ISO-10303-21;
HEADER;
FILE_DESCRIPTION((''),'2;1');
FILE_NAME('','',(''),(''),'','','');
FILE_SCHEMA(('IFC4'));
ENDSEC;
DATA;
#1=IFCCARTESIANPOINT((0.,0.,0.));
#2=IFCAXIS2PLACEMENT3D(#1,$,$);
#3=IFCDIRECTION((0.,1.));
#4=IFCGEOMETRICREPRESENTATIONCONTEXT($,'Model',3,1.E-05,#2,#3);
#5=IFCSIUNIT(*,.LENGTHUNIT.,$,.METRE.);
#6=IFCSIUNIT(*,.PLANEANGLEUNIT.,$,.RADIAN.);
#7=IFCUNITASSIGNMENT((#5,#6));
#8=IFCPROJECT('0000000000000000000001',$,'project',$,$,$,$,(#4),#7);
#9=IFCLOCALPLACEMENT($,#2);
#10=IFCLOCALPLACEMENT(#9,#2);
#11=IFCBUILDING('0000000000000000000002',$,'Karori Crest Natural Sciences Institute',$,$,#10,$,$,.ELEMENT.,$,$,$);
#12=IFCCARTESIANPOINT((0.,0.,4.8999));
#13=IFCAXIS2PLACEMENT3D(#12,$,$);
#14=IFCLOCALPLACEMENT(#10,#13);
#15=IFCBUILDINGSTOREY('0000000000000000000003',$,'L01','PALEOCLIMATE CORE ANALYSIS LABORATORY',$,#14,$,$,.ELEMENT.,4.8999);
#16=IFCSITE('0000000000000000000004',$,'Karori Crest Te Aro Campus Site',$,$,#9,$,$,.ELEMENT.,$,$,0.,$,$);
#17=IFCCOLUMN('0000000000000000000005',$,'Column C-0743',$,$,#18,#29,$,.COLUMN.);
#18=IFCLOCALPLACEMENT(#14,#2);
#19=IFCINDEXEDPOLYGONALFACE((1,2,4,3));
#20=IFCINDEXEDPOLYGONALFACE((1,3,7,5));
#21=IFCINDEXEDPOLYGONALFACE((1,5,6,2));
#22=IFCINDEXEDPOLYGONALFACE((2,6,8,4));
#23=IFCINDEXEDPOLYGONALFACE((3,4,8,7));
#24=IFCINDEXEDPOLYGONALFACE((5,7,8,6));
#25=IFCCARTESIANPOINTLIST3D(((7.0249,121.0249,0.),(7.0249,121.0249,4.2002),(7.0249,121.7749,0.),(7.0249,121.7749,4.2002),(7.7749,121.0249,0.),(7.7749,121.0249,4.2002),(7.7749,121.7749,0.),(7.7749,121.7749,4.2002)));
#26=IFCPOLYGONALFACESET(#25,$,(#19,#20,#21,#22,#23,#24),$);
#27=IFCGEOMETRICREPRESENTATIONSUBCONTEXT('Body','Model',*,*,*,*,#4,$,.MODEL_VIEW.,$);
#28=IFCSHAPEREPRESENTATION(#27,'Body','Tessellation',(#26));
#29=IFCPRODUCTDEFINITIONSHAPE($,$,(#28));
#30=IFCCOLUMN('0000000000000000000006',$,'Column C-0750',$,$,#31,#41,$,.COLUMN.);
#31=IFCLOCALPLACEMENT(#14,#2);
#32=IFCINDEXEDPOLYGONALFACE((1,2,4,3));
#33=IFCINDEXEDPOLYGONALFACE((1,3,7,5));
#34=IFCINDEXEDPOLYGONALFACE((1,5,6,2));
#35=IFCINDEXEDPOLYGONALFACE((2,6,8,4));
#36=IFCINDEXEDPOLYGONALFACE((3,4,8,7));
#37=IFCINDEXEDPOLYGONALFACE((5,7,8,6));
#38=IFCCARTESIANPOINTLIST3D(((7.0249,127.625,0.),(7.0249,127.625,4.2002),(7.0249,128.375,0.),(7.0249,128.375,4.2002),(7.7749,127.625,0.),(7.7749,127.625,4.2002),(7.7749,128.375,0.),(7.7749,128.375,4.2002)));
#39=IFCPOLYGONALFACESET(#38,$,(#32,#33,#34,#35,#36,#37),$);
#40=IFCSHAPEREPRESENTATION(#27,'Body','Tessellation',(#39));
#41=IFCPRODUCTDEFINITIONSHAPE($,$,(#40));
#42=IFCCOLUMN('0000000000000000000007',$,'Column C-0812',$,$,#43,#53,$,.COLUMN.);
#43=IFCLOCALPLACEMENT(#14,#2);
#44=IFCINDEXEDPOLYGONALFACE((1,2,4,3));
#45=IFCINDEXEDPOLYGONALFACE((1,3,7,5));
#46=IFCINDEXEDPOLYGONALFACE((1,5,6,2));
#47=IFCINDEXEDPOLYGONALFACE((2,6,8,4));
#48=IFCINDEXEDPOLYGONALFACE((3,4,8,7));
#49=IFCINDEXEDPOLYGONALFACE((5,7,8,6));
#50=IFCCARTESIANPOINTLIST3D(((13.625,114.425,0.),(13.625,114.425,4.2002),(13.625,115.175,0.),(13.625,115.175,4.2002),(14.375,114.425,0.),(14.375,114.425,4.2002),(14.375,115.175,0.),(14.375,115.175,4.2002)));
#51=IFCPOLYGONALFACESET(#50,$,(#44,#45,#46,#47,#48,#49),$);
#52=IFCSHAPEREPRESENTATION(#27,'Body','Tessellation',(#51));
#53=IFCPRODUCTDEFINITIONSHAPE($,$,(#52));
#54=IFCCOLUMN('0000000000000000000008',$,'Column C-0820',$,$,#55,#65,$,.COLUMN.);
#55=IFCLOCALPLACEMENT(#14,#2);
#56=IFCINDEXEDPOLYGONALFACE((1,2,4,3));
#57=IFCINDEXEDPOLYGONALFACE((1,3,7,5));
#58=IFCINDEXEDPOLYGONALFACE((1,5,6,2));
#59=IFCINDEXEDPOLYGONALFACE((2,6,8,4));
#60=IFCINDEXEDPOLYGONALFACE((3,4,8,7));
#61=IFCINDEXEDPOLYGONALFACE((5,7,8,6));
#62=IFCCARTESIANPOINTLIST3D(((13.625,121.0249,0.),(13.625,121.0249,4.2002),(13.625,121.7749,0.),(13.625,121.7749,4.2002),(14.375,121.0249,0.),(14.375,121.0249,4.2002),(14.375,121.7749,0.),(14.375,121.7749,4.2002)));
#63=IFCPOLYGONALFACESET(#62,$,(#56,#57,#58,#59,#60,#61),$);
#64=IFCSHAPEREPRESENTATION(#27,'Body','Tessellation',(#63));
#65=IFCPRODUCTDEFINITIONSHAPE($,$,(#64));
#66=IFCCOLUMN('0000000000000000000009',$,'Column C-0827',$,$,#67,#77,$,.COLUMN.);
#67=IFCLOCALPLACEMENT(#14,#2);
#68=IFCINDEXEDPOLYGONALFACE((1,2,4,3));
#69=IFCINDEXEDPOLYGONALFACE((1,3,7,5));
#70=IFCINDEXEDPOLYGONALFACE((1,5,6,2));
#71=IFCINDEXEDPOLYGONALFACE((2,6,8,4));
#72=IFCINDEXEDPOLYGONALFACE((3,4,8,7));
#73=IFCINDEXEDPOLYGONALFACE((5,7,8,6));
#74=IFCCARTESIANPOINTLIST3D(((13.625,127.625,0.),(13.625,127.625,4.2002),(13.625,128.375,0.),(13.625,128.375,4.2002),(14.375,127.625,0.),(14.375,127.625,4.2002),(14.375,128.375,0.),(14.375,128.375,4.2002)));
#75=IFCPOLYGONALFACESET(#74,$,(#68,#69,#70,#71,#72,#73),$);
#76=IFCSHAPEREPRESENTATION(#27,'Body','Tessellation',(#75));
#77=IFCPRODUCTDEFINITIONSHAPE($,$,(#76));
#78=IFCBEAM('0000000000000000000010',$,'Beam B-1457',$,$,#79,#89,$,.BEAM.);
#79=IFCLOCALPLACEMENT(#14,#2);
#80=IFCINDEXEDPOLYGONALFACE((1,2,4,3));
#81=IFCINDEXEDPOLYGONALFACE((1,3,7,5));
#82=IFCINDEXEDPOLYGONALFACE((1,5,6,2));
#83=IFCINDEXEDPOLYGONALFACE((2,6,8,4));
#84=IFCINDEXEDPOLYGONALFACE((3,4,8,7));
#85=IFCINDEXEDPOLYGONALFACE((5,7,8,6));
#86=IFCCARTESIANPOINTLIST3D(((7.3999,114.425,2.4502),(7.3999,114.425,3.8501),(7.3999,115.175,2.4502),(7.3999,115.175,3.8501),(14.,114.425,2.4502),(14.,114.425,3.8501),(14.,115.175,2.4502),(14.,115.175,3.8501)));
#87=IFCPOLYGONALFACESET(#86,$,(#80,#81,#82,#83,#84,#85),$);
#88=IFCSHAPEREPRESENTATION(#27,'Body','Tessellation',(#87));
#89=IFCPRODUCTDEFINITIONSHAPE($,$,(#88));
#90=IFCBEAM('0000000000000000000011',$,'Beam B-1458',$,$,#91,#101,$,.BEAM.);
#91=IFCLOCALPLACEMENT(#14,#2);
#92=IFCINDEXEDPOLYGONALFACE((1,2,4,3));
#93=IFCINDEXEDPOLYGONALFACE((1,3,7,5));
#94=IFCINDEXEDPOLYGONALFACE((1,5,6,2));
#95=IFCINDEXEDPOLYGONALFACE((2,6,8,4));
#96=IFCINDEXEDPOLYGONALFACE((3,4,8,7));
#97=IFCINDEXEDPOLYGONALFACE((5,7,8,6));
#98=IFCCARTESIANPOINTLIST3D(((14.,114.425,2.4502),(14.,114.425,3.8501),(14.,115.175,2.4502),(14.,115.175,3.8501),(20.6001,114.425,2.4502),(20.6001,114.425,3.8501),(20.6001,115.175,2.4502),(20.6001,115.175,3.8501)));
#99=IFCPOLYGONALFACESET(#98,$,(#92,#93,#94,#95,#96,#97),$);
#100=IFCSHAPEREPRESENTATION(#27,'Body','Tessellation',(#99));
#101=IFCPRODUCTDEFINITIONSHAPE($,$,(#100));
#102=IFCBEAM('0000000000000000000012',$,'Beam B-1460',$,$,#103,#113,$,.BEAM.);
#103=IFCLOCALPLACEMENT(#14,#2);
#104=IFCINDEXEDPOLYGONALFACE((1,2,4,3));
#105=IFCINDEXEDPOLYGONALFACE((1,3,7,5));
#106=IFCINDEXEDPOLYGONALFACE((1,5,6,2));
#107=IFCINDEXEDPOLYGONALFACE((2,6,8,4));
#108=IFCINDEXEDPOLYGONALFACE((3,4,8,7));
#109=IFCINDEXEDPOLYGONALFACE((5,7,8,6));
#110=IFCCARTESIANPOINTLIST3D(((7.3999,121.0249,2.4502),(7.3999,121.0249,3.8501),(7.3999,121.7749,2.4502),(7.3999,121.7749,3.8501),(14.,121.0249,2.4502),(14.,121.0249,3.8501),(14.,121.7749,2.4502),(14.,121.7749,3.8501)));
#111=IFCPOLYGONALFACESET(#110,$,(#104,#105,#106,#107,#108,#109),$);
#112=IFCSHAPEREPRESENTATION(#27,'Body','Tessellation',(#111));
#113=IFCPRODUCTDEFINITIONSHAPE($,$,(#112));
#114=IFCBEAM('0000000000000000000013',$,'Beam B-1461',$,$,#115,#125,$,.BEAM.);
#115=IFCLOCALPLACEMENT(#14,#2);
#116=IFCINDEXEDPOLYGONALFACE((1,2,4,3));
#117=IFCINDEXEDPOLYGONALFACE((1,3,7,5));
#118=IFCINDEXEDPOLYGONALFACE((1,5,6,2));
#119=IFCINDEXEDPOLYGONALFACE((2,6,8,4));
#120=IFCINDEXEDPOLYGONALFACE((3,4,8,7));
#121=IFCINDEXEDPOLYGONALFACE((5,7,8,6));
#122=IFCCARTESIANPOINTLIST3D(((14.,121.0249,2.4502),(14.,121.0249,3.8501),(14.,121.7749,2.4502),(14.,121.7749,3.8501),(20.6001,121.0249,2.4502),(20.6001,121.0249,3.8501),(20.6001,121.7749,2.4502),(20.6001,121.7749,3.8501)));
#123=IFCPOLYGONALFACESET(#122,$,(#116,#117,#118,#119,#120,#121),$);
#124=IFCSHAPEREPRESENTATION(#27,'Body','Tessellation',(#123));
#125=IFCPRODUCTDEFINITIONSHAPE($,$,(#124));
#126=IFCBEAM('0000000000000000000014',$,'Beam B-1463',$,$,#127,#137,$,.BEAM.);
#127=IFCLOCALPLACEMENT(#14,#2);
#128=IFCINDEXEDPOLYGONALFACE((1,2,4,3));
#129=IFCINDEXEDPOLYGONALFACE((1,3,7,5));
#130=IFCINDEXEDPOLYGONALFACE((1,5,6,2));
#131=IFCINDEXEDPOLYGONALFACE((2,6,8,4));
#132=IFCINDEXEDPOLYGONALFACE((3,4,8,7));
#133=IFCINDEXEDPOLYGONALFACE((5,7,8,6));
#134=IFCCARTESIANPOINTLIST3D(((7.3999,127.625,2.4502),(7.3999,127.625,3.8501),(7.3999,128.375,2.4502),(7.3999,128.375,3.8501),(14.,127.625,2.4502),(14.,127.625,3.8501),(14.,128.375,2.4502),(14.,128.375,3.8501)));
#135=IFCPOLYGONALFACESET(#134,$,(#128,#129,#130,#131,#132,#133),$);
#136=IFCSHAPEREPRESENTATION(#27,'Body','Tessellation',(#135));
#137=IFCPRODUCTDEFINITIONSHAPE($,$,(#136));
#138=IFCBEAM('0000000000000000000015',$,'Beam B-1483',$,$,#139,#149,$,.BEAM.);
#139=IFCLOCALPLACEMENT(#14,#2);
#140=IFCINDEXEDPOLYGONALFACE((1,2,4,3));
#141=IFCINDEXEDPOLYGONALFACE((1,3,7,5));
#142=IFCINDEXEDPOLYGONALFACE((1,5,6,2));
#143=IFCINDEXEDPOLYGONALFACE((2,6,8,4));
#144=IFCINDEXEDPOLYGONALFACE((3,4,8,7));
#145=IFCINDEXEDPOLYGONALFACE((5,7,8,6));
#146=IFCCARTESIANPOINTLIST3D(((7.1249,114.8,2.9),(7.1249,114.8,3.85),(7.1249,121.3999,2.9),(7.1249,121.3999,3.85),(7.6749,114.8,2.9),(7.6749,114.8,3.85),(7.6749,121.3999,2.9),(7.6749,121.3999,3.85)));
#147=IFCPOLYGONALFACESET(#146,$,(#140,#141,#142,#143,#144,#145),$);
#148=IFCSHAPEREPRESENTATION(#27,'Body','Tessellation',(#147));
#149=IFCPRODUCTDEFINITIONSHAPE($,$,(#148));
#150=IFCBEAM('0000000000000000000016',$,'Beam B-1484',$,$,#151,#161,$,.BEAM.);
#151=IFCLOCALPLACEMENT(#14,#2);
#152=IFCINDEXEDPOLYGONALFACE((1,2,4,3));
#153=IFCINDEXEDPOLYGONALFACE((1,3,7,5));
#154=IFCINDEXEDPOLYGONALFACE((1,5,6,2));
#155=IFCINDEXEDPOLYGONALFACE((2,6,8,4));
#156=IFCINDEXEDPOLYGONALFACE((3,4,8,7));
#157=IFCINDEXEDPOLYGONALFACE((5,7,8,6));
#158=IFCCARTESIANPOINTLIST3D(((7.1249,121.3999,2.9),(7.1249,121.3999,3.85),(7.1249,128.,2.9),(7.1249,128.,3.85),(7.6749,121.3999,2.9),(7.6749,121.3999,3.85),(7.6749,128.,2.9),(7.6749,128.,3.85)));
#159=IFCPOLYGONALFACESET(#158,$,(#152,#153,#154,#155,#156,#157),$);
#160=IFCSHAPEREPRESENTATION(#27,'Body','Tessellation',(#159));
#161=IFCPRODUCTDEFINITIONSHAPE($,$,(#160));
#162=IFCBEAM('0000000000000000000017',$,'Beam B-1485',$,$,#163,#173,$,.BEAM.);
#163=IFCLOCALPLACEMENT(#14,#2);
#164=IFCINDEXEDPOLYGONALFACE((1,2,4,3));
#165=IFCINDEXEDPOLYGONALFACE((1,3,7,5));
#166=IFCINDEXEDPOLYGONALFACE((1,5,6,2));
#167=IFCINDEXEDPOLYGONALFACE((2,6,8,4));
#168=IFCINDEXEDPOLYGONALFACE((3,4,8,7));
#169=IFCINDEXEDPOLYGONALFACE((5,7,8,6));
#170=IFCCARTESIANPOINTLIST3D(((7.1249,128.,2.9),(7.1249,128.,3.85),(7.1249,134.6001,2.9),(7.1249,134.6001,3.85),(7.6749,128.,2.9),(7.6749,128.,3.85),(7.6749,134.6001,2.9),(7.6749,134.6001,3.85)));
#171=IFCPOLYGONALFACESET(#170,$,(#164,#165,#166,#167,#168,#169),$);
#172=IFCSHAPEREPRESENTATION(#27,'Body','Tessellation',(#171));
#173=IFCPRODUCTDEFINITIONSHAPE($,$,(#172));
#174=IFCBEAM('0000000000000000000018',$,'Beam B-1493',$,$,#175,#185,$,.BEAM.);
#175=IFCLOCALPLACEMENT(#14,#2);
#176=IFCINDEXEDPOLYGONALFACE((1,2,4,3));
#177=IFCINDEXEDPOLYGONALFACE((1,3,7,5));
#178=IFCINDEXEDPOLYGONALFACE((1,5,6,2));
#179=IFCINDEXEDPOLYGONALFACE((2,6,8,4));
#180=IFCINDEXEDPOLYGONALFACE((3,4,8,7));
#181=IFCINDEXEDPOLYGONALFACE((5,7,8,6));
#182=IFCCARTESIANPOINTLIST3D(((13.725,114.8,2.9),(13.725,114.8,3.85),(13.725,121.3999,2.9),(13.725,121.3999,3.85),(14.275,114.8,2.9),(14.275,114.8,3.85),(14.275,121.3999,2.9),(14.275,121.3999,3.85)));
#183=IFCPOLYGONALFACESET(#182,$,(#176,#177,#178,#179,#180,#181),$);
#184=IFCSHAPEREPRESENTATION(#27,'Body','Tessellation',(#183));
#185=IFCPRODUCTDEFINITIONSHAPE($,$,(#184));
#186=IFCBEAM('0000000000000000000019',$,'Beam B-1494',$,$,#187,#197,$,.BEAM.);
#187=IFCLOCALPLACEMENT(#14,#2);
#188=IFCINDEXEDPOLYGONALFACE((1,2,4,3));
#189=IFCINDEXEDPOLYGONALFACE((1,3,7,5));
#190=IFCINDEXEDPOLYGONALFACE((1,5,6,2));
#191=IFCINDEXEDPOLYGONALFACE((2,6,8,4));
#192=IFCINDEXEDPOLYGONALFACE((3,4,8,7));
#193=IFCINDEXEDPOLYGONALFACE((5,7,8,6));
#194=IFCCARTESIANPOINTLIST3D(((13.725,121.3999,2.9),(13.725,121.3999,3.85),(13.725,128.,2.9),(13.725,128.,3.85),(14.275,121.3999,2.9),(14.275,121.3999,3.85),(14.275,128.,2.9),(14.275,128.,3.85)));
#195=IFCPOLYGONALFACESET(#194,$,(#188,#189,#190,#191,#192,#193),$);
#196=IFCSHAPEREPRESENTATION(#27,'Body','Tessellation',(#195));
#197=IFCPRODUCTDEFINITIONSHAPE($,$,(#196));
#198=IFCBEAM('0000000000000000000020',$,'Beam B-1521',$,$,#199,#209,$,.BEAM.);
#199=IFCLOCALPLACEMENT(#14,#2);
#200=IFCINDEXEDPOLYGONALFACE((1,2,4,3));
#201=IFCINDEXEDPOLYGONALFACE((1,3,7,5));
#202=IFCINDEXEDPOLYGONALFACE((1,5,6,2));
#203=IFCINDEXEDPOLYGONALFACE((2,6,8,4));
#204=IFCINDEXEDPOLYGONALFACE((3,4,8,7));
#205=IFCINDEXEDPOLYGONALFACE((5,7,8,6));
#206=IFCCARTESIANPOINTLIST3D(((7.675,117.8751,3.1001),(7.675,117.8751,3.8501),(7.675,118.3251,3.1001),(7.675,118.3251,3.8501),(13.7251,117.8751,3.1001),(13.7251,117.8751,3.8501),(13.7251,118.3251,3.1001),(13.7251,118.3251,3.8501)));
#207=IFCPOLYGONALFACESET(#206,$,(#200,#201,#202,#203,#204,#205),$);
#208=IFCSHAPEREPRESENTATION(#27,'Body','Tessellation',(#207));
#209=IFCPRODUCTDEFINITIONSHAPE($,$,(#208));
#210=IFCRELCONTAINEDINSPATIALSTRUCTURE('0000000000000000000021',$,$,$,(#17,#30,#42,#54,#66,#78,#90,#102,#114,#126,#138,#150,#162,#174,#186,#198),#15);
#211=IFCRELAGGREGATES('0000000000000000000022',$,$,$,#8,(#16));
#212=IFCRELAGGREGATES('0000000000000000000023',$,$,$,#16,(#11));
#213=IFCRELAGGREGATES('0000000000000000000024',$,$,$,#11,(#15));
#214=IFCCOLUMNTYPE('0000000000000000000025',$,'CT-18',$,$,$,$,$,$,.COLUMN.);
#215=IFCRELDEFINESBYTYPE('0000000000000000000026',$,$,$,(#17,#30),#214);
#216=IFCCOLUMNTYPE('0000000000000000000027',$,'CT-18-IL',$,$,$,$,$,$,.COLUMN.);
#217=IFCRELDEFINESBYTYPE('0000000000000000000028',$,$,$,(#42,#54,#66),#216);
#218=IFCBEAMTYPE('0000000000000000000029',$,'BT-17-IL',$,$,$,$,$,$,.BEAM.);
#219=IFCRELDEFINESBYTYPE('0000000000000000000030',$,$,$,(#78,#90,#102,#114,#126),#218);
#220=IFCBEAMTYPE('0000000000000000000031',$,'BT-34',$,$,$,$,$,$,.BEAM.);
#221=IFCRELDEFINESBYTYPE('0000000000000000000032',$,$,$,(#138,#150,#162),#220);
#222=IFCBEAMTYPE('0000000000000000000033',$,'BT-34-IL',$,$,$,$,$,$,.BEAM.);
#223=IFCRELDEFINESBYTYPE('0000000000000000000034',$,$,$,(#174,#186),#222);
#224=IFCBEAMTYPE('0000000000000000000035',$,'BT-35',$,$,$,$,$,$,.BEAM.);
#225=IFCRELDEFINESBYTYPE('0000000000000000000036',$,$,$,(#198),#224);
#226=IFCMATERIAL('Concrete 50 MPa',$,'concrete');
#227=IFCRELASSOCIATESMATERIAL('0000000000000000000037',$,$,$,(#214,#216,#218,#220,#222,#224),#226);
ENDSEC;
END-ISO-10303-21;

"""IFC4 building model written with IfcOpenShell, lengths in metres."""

from ifc_helpers import new_model, si_unit, direction, frame, origin, origin_2d, place, context, subcontext, project, spatial, rectangle, extrude, material, material_profile, profile_set, type_object, element, save


model = new_model("IFC4")

# Units and contexts
model_context = context("Model", 3, precision=1e-05, world=origin(), true_north=direction((0.0, 1.0)))
body_context = subcontext(model_context, "Body", "Model", "MODEL_VIEW")
ifc_project = project(units=[si_unit("LENGTHUNIT", "METRE"), si_unit("PLANEANGLEUNIT", "RADIAN")], contexts=[model_context])

# Site, building, storey
site_placement = place(None, origin())
site = spatial("IfcSite", under=ifc_project, at=site_placement, Name="Karori Crest Te Aro Campus Site", CompositionType="ELEMENT", RefElevation=0.0)
building_placement = place(site_placement, origin())
building = spatial("IfcBuilding", under=site, at=building_placement, Name="Karori Crest Natural Sciences Institute", CompositionType="ELEMENT")
storey_placement = place(building_placement, frame((0.0, 0.0, 4.8999)))
storey = spatial("IfcBuildingStorey", under=building, at=storey_placement, Name="L01", Description="PALEOCLIMATE CORE ANALYSIS LABORATORY", CompositionType="ELEMENT", Elevation=4.8999)

# Columns
ifc_material_1 = material(Name="Concrete 50 MPa", Category="concrete")
ifc_material_profile_1 = material_profile(ifc_material_1, rectangle(XDim=0.75, YDim=0.75, at=origin_2d()), Name="RC750x750")
ifc_profile_set_1 = profile_set([ifc_material_profile_1], Name="Concrete 50 MPa")
column_type_1 = type_object("IfcColumnType", Name="CT-18", PredefinedType="COLUMN", material=ifc_profile_set_1)
for number, where, z_axis, x_axis, name in (
    (1, (7.3999, 121.3999, 0.0), (0.0, 0.0, 1.0), (1.0, 0.0, 0.0), "Column C-0743"),
    (2, (7.3999, 128.0, 0.0), (0.0, 0.0, 1.0), (1.0, 0.0, 0.0), "Column C-0750"),
):
    element("IfcColumn", number, at=place(storey_placement, frame(where, z_axis=z_axis, x_axis=x_axis)), inside=storey, type_object=column_type_1, Name=name, PredefinedType="COLUMN", context=body_context, shape_type="SweptSolid", body=[
        extrude(rectangle(XDim=0.75, YDim=0.75, at=origin_2d()), origin(), (0.0, 0.0, 1.0), 4.2002),
    ])
ifc_material_profile_2 = material_profile(ifc_material_1, rectangle(XDim=0.75, YDim=0.75, at=origin_2d()), Name="RC750x750")
ifc_profile_set_2 = profile_set([ifc_material_profile_2], Name="Concrete 50 MPa")
column_type_2 = type_object("IfcColumnType", Name="CT-18-IL", PredefinedType="COLUMN", material=ifc_profile_set_2)
for number, where, z_axis, x_axis, name in (
    (3, (14.0, 114.8, 0.0), (0.0, 0.0, 1.0), (1.0, 0.0, 0.0), "Column C-0812"),
    (4, (14.0, 121.3999, 0.0), (0.0, 0.0, 1.0), (1.0, 0.0, 0.0), "Column C-0820"),
    (5, (14.0, 128.0, 0.0), (0.0, 0.0, 1.0), (1.0, 0.0, 0.0), "Column C-0827"),
):
    element("IfcColumn", number, at=place(storey_placement, frame(where, z_axis=z_axis, x_axis=x_axis)), inside=storey, type_object=column_type_2, Name=name, PredefinedType="COLUMN", context=body_context, shape_type="SweptSolid", body=[
        extrude(rectangle(XDim=0.75, YDim=0.75, at=origin_2d()), origin(), (0.0, 0.0, 1.0), 4.2002),
    ])

# Beams
ifc_material_profile_3 = material_profile(ifc_material_1, rectangle(XDim=0.75, YDim=1.3999, at=origin_2d()), Name="RCB750x1400")
ifc_profile_set_3 = profile_set([ifc_material_profile_3], Name="Concrete 50 MPa")
beam_type_1 = type_object("IfcBeamType", Name="BT-17-IL", PredefinedType="BEAM", material=ifc_profile_set_3)
for number, where, z_axis, x_axis, name in (
    (6, (7.3999, 114.8, 3.1501), (1.0, 0.0, 0.0), (0.0, 1.0, 0.0), "Beam B-1457"),
    (7, (14.0, 114.8, 3.1501), (1.0, 0.0, 0.0), (0.0, 1.0, 0.0), "Beam B-1458"),
    (8, (7.3999, 121.3999, 3.1501), (1.0, 0.0, 0.0), (0.0, 1.0, 0.0), "Beam B-1460"),
    (9, (14.0, 121.3999, 3.1501), (1.0, 0.0, 0.0), (0.0, 1.0, 0.0), "Beam B-1461"),
    (10, (7.3999, 128.0, 3.1501), (1.0, 0.0, 0.0), (0.0, 1.0, 0.0), "Beam B-1463"),
):
    element("IfcBeam", number, at=place(storey_placement, frame(where, z_axis=z_axis, x_axis=x_axis)), inside=storey, type_object=beam_type_1, Name=name, PredefinedType="BEAM", context=body_context, shape_type="SweptSolid", body=[
        extrude(rectangle(XDim=0.75, YDim=1.3999, at=origin_2d()), origin(), (0.0, 0.0, 1.0), 6.6001),
    ])
ifc_material_profile_4 = material_profile(ifc_material_1, rectangle(XDim=0.55, YDim=0.95, at=origin_2d()), Name="RCB550x950")
ifc_profile_set_4 = profile_set([ifc_material_profile_4], Name="Concrete 50 MPa")
beam_type_2 = type_object("IfcBeamType", Name="BT-34", PredefinedType="BEAM", material=ifc_profile_set_4)
beam_1_placement = place(storey_placement, frame((7.3999, 114.8, 3.375), z_axis=(0.0, 1.0, 0.0), x_axis=(-1.0, 0.0, 0.0)))
element("IfcBeam", 11, at=beam_1_placement, inside=storey, type_object=beam_type_2, Name="Beam B-1483", PredefinedType="BEAM", context=body_context, shape_type="SweptSolid", body=[
    extrude(rectangle(XDim=0.55, YDim=0.95, at=origin_2d()), origin(), (0.0, 0.0, 1.0), 6.5999),
])
for number, where, z_axis, x_axis, name in (
    (12, (7.3999, 121.3999, 3.375), (0.0, 1.0, 0.0), (-1.0, 0.0, 0.0), "Beam B-1484"),
    (13, (7.3999, 128.0, 3.375), (0.0, 1.0, 0.0), (-1.0, 0.0, 0.0), "Beam B-1485"),
):
    element("IfcBeam", number, at=place(storey_placement, frame(where, z_axis=z_axis, x_axis=x_axis)), inside=storey, type_object=beam_type_2, Name=name, PredefinedType="BEAM", context=body_context, shape_type="SweptSolid", body=[
        extrude(rectangle(XDim=0.55, YDim=0.95, at=origin_2d()), origin(), (0.0, 0.0, 1.0), 6.6001),
    ])
ifc_material_profile_5 = material_profile(ifc_material_1, rectangle(XDim=0.55, YDim=0.95, at=origin_2d()), Name="RCB550x950")
ifc_profile_set_5 = profile_set([ifc_material_profile_5], Name="Concrete 50 MPa")
beam_type_3 = type_object("IfcBeamType", Name="BT-34-IL", PredefinedType="BEAM", material=ifc_profile_set_5)
beam_2_placement = place(storey_placement, frame((14.0, 114.8, 3.375), z_axis=(0.0, 1.0, 0.0), x_axis=(-1.0, 0.0, 0.0)))
element("IfcBeam", 14, at=beam_2_placement, inside=storey, type_object=beam_type_3, Name="Beam B-1493", PredefinedType="BEAM", context=body_context, shape_type="SweptSolid", body=[
    extrude(rectangle(XDim=0.55, YDim=0.95, at=origin_2d()), origin(), (0.0, 0.0, 1.0), 6.5999),
])
beam_3_placement = place(storey_placement, frame((14.0, 121.3999, 3.375), z_axis=(0.0, 1.0, 0.0), x_axis=(-1.0, 0.0, 0.0)))
element("IfcBeam", 15, at=beam_3_placement, inside=storey, type_object=beam_type_3, Name="Beam B-1494", PredefinedType="BEAM", context=body_context, shape_type="SweptSolid", body=[
    extrude(rectangle(XDim=0.55, YDim=0.95, at=origin_2d()), origin(), (0.0, 0.0, 1.0), 6.6001),
])
ifc_material_profile_6 = material_profile(ifc_material_1, rectangle(XDim=0.45, YDim=0.75, at=origin_2d()), Name="RCB450x750")
ifc_profile_set_6 = profile_set([ifc_material_profile_6], Name="Concrete 50 MPa")
beam_type_4 = type_object("IfcBeamType", Name="BT-35", PredefinedType="BEAM", material=ifc_profile_set_6)
for number, where, z_axis, x_axis, name in (
    (16, (7.675, 118.1001, 3.4751), (1.0, 0.0, 0.0), (0.0, 1.0, 0.0), "Beam B-1521"),
):
    element("IfcBeam", number, at=place(storey_placement, frame(where, z_axis=z_axis, x_axis=x_axis)), inside=storey, type_object=beam_type_4, Name=name, PredefinedType="BEAM", context=body_context, shape_type="SweptSolid", body=[
        extrude(rectangle(XDim=0.45, YDim=0.75, at=origin_2d()), origin(), (0.0, 0.0, 1.0), 6.05),
    ])

save(model, "model.ifc")
